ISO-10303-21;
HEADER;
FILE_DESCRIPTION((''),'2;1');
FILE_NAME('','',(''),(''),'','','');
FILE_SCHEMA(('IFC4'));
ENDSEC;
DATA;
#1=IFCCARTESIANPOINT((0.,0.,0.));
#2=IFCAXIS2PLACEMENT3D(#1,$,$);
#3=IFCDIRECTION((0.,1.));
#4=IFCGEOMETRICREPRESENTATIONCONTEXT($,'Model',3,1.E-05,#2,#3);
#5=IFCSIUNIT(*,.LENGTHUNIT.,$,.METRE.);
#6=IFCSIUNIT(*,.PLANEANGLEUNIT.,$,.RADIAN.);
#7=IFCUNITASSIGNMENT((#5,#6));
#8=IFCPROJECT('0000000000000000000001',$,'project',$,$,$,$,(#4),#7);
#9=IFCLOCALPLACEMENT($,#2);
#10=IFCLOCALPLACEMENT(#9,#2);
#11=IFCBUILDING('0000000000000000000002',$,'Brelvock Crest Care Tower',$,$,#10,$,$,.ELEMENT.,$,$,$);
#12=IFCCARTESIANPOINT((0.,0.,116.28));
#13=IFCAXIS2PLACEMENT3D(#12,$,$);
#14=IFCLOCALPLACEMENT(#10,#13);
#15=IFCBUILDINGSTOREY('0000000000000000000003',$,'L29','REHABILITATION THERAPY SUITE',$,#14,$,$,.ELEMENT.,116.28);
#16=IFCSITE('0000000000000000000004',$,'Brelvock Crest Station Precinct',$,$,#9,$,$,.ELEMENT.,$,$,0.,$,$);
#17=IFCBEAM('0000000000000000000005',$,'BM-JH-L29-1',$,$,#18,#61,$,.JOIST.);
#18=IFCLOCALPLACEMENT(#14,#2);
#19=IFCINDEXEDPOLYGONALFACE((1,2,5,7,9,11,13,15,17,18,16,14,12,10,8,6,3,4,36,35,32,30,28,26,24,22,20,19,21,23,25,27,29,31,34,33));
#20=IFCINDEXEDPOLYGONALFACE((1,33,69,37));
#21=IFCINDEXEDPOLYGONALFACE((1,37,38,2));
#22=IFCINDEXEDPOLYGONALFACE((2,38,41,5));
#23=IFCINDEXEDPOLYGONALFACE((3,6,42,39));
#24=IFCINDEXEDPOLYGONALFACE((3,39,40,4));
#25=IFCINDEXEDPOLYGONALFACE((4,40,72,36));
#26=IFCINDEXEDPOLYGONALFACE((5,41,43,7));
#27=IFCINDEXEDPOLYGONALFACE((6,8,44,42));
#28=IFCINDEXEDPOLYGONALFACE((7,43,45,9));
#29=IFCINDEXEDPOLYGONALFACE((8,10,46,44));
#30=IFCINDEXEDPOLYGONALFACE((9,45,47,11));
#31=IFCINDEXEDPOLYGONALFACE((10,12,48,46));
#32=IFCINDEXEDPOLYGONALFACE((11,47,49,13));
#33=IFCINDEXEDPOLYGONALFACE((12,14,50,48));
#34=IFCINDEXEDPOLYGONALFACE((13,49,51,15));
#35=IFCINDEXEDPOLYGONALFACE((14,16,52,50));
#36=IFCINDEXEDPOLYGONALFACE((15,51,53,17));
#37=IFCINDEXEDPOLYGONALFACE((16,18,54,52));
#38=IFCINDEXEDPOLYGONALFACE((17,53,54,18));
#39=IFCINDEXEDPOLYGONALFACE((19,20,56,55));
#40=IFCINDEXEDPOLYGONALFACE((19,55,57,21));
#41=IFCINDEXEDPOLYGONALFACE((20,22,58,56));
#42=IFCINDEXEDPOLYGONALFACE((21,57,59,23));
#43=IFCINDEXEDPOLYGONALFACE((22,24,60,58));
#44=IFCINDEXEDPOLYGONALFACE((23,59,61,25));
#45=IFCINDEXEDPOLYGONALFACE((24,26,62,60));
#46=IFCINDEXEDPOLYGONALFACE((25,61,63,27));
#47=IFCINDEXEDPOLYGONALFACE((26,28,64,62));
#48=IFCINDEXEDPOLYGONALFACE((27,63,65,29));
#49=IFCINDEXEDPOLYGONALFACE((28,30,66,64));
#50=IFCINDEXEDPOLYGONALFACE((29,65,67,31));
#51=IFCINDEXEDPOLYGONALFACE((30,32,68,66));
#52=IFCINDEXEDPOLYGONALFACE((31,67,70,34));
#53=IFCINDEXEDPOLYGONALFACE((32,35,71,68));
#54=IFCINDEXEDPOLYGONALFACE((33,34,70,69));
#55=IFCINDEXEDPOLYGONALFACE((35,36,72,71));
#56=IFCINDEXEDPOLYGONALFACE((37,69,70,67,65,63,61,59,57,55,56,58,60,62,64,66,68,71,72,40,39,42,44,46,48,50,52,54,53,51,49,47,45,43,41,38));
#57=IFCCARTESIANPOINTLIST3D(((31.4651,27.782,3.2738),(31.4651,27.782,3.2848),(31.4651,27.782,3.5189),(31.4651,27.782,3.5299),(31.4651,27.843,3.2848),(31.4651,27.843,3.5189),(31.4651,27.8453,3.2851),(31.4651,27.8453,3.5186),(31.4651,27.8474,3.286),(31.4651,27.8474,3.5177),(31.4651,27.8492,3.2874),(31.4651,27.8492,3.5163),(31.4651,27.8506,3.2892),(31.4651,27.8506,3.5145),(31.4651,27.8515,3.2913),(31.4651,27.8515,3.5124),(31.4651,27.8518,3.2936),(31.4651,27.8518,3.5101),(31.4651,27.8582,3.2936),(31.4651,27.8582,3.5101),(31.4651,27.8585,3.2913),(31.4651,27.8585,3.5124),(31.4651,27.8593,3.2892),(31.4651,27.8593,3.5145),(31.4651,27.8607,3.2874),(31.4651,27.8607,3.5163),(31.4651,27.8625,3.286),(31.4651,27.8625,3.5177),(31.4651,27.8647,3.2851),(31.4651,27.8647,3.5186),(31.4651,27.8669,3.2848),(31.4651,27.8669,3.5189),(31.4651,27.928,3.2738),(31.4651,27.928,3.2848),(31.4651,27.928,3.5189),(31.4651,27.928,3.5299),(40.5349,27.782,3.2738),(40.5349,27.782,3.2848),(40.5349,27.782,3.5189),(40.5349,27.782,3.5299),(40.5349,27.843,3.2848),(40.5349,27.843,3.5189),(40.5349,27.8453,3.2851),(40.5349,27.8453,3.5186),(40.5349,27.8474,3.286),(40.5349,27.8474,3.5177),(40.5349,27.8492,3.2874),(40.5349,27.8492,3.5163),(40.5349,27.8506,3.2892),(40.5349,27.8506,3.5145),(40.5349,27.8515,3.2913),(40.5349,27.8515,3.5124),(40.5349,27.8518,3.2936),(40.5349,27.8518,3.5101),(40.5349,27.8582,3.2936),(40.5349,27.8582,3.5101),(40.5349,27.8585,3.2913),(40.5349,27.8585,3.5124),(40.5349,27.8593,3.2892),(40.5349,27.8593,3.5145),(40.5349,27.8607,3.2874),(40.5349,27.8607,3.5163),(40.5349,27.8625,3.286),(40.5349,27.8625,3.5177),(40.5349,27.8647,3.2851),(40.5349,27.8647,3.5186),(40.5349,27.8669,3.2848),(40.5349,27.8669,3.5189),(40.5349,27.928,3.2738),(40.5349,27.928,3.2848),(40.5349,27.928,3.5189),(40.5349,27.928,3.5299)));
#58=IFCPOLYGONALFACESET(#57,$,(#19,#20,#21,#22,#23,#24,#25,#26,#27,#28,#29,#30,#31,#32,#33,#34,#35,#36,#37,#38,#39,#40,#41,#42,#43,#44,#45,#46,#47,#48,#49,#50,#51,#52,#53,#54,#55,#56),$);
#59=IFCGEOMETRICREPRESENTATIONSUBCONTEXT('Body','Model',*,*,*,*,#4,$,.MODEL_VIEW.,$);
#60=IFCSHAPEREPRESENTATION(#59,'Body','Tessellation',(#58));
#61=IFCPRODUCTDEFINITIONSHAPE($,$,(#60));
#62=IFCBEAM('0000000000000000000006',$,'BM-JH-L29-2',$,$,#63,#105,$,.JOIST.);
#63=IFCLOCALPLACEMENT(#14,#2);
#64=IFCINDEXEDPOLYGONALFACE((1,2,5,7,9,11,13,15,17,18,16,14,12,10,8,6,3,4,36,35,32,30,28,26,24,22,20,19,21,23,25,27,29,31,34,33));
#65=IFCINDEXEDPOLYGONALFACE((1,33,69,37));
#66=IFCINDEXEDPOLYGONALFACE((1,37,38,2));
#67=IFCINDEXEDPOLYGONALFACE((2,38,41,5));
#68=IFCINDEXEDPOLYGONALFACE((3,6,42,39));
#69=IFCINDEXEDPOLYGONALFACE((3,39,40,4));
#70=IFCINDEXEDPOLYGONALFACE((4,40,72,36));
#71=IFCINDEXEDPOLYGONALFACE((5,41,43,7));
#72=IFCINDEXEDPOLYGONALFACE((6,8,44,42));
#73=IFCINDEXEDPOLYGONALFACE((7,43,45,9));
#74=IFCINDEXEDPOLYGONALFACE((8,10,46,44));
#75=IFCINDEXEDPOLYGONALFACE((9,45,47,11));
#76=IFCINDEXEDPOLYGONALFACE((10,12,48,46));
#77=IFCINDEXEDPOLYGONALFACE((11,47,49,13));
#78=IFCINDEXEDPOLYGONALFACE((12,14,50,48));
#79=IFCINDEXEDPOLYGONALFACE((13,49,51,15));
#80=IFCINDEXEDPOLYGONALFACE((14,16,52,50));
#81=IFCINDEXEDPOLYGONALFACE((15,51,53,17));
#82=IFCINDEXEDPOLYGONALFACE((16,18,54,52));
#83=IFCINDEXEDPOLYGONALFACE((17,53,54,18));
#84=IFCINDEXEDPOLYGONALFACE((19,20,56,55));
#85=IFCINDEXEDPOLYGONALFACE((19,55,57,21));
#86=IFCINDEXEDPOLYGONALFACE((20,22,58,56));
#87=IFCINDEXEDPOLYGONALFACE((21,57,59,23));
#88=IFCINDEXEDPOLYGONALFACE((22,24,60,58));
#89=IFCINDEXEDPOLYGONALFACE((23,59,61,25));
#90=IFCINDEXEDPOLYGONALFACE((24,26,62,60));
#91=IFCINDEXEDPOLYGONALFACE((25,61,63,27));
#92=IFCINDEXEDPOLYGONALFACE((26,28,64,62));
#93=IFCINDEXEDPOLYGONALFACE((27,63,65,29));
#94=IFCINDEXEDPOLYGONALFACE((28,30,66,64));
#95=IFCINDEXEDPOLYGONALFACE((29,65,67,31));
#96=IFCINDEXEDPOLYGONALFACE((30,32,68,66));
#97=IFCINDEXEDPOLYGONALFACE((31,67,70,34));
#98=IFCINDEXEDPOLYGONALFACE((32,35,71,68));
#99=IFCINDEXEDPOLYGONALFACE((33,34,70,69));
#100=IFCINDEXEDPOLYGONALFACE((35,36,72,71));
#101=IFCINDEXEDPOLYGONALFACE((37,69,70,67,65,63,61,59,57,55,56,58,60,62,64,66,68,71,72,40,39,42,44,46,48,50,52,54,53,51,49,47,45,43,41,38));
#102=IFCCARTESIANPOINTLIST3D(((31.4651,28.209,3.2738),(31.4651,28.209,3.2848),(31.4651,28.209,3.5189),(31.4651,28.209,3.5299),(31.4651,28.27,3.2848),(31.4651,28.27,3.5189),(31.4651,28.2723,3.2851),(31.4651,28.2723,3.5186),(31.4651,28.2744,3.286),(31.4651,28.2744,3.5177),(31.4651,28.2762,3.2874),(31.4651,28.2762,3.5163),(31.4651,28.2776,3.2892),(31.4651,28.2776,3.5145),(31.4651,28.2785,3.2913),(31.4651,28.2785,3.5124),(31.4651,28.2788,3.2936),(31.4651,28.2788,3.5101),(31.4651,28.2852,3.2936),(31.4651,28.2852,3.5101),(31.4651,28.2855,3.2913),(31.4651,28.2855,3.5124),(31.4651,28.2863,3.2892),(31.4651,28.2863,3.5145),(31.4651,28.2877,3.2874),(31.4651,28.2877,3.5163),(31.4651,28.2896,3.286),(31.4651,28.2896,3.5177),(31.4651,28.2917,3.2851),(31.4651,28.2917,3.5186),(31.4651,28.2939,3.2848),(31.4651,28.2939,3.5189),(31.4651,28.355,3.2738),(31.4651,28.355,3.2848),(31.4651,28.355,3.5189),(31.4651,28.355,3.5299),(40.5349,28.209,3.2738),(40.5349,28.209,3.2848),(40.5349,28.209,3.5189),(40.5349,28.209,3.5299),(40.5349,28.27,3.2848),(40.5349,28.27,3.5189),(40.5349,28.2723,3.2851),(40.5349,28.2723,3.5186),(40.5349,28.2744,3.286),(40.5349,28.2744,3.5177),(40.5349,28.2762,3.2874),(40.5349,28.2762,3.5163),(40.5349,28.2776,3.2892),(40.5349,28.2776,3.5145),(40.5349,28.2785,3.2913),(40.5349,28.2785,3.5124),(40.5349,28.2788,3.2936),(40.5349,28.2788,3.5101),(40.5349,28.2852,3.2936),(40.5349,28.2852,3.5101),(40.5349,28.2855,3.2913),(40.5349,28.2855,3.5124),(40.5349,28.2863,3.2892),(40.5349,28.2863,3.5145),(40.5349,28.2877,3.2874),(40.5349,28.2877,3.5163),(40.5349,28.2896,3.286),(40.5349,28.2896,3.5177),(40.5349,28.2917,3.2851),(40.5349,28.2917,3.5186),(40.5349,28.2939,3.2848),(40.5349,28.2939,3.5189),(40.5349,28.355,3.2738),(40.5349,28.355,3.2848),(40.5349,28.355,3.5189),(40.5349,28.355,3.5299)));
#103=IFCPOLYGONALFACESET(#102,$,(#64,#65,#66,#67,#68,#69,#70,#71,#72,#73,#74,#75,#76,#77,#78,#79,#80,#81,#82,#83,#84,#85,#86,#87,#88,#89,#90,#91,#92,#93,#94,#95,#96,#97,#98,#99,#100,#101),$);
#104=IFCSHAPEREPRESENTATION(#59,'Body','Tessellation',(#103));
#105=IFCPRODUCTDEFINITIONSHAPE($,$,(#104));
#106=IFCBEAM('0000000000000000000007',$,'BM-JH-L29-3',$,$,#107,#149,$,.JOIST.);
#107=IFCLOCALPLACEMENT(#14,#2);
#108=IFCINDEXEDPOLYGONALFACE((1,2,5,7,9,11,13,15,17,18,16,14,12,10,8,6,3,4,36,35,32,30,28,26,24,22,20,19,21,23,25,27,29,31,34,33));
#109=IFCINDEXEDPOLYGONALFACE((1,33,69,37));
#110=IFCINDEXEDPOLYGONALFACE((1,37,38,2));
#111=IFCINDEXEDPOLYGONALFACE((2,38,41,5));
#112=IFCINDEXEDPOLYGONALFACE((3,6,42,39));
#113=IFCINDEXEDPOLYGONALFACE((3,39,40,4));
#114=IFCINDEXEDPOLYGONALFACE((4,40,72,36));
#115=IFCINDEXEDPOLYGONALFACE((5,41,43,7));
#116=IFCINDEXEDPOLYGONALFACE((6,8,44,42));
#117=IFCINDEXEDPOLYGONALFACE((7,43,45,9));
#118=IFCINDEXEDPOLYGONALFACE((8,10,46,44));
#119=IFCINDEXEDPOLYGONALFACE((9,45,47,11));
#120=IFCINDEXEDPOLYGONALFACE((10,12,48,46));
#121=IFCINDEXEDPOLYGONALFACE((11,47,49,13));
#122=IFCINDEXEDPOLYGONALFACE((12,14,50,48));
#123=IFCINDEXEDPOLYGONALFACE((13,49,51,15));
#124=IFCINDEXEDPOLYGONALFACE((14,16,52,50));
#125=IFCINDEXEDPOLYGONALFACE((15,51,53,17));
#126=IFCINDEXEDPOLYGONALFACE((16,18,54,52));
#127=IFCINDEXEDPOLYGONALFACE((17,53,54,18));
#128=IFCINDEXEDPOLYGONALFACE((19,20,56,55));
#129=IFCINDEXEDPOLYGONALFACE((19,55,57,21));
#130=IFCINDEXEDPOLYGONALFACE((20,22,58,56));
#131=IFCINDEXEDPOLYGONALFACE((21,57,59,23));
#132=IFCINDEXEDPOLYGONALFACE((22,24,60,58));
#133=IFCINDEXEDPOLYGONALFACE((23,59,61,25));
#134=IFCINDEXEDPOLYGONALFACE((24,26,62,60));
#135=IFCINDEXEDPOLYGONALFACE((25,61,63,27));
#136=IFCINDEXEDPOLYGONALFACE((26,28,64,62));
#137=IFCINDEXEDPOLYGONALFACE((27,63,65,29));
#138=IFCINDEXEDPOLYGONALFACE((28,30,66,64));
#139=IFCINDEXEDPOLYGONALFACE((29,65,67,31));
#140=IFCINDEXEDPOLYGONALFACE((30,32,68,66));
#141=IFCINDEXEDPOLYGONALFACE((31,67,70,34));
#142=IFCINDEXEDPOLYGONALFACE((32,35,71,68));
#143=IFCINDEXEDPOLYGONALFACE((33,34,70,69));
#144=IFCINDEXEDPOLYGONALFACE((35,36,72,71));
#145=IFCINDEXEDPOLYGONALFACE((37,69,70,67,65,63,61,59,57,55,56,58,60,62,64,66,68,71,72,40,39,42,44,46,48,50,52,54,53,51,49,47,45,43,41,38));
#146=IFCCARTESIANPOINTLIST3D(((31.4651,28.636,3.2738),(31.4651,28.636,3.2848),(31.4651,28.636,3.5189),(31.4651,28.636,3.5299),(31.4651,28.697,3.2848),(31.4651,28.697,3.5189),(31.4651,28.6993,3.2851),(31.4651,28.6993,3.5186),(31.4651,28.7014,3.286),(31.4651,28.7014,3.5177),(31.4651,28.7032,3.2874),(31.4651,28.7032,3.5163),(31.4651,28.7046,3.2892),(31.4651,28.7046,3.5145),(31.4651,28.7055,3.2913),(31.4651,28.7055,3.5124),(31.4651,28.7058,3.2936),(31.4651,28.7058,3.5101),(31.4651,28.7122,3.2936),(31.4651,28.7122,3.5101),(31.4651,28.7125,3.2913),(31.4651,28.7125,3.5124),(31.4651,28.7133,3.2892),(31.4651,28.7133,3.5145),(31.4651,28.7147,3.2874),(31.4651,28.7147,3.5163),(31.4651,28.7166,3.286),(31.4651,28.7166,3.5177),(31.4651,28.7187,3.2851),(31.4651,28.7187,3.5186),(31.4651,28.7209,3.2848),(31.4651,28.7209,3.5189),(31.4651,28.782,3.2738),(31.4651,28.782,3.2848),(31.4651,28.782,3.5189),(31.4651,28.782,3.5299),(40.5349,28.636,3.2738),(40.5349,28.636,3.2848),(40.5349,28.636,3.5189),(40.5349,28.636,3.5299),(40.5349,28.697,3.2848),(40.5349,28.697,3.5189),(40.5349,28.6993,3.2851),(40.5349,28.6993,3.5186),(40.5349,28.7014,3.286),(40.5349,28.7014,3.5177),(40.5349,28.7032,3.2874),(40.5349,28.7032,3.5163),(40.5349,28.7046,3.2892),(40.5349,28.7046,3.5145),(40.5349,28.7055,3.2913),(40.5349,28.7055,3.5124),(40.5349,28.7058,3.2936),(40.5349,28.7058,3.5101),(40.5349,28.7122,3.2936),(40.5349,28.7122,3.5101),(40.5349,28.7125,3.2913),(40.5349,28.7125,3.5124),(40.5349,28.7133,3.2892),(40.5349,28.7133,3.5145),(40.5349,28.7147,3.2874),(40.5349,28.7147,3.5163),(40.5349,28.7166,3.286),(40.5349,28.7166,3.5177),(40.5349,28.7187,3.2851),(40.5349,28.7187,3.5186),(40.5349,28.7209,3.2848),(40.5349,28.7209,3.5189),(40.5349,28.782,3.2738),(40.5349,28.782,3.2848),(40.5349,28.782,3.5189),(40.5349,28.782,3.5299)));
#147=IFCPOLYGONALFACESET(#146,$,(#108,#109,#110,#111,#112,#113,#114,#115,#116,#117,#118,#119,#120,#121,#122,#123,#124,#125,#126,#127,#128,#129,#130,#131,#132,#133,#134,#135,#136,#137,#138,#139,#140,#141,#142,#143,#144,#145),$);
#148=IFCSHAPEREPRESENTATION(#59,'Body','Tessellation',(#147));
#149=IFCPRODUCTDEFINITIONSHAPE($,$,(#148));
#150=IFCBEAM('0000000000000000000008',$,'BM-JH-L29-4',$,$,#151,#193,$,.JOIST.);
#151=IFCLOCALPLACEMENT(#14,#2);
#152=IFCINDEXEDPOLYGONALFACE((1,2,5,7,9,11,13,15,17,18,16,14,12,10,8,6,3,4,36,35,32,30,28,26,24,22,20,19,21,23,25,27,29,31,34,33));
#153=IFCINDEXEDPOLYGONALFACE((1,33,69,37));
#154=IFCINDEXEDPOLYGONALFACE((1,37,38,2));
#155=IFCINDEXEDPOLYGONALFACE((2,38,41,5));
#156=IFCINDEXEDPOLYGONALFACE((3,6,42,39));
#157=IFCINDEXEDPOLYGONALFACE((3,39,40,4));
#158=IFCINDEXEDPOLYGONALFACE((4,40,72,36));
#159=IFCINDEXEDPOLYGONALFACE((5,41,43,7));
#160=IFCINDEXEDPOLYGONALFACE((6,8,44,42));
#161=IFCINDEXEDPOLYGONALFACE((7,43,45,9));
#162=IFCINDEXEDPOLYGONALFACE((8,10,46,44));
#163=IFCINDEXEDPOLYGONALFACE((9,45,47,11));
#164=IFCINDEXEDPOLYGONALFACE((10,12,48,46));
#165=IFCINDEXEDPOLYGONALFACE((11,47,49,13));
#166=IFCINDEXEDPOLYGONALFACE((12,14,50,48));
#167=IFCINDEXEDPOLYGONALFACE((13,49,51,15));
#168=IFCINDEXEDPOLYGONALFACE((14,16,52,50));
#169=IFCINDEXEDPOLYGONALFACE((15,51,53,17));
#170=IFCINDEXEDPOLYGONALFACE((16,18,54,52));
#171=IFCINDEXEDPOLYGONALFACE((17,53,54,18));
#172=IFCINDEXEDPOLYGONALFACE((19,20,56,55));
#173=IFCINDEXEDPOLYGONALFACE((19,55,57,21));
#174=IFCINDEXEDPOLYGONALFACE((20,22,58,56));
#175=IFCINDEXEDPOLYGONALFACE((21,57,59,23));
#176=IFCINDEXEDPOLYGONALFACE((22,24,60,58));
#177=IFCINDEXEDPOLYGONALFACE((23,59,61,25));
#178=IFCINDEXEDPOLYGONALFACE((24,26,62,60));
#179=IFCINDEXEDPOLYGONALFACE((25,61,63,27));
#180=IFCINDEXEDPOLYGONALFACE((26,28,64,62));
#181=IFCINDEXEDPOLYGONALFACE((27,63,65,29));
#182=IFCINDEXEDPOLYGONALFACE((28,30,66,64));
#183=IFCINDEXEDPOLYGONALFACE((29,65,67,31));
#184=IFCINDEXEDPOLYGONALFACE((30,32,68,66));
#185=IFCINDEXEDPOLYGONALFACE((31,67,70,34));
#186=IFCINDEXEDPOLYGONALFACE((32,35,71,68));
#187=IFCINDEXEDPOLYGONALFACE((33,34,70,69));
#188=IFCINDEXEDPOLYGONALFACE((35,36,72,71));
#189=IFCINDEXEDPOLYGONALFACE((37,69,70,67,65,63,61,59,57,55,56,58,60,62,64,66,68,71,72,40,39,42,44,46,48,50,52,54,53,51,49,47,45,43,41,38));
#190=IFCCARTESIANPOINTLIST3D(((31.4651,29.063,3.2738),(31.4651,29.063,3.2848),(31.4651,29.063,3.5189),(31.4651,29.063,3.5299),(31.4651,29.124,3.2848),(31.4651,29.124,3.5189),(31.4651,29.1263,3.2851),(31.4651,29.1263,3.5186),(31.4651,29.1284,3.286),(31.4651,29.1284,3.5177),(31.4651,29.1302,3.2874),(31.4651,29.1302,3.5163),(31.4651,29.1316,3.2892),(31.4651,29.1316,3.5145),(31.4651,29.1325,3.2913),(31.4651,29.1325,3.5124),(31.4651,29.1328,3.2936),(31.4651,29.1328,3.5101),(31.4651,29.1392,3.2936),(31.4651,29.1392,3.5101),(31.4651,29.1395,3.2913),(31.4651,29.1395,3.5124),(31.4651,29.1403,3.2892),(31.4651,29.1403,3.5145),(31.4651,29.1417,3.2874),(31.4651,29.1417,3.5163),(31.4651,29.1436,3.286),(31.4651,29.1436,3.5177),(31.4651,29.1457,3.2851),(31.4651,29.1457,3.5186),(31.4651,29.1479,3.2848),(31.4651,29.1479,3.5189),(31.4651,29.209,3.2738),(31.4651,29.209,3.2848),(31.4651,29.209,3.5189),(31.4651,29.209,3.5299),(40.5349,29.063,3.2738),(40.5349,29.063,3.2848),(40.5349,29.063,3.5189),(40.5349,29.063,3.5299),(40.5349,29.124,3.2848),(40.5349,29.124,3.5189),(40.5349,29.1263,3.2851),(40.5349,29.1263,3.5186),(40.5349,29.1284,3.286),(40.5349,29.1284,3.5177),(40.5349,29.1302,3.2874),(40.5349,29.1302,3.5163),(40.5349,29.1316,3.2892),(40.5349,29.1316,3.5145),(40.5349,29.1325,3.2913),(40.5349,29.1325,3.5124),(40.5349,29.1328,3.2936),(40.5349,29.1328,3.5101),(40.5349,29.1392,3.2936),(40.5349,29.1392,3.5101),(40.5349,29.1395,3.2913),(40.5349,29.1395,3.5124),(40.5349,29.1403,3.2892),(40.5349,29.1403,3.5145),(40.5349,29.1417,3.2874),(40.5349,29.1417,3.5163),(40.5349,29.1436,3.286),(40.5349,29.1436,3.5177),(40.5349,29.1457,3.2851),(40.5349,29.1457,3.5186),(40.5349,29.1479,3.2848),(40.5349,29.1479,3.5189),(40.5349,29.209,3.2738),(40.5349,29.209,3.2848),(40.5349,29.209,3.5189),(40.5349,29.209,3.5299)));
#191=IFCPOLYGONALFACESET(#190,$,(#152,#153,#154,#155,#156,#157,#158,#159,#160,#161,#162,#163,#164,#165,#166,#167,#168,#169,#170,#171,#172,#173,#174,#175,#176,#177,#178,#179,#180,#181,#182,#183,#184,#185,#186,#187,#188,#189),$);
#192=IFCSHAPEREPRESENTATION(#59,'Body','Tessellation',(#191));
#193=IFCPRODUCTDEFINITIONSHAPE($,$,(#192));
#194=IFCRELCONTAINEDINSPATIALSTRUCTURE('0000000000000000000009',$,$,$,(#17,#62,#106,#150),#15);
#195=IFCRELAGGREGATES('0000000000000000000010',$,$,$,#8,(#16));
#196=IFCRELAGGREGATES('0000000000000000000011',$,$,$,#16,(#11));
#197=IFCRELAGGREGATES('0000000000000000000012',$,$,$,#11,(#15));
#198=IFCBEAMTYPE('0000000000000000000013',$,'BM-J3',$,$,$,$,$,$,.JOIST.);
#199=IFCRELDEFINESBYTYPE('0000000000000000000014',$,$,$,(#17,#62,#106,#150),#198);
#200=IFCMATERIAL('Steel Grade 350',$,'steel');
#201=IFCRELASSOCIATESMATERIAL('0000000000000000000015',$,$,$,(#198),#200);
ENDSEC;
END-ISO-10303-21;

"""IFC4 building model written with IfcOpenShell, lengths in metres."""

from ifc_helpers import new_model, si_unit, direction, frame, origin, origin_2d, place, context, subcontext, project, spatial, i_section, extrude, source, transform, mapped, material, material_profile, profile_set, type_object, element, save


model = new_model("IFC4")

# Units and contexts
model_context = context("Model", 3, precision=1e-05, world=origin(), true_north=direction((0.0, 1.0)))
body_context = subcontext(model_context, "Body", "Model", "MODEL_VIEW")
ifc_project = project(units=[si_unit("LENGTHUNIT", "METRE"), si_unit("PLANEANGLEUNIT", "RADIAN")], contexts=[model_context])

# Site, building, storey
site_placement = place(None, origin())
site = spatial("IfcSite", under=ifc_project, at=site_placement, Name="Brelvock Crest Station Precinct", CompositionType="ELEMENT", RefElevation=0.0)
building_placement = place(site_placement, origin())
building = spatial("IfcBuilding", under=site, at=building_placement, Name="Brelvock Crest Care Tower", CompositionType="ELEMENT")
storey_placement = place(building_placement, frame((0.0, 0.0, 116.28)))
storey = spatial("IfcBuildingStorey", under=building, at=storey_placement, Name="L29", Description="REHABILITATION THERAPY SUITE", CompositionType="ELEMENT", Elevation=116.28)

# Shared definitions
ifc_material_1 = material(Name="Steel Grade 350", Category="steel")

# Beams
ifc_material_profile_1 = material_profile(ifc_material_1, i_section(OverallWidth=0.146, OverallDepth=0.2561, WebThickness=0.0063, FlangeThickness=0.011, FilletRadius=0.0088, at=origin_2d()), Name="250UB37.3")
ifc_profile_set_1 = profile_set([ifc_material_profile_1], Name="Steel Grade 350")
beam_type_1 = type_object("IfcBeamType", Name="BM-J3", PredefinedType="JOIST", material=ifc_profile_set_1)
shared_shape_1 = source(origin(), body_context, "Body", "SweptSolid", [
    extrude(i_section(OverallWidth=0.146, OverallDepth=0.2561, WebThickness=0.0063, FlangeThickness=0.011, FilletRadius=0.0088, at=origin_2d()), origin(), (0.0, 0.0, 1.0), 9.0698),
])
for number, where, z_axis, x_axis, name in (
    (1, (31.4651, 27.855, 3.4019), (1.0, 0.0, 0.0), (0.0, 1.0, 0.0), "BM-JH-L29-1"),
    (2, (31.4651, 28.282, 3.4019), (1.0, 0.0, 0.0), (0.0, 1.0, 0.0), "BM-JH-L29-2"),
    (3, (31.4651, 28.709, 3.4019), (1.0, 0.0, 0.0), (0.0, 1.0, 0.0), "BM-JH-L29-3"),
    (4, (31.4651, 29.136, 3.4019), (1.0, 0.0, 0.0), (0.0, 1.0, 0.0), "BM-JH-L29-4"),
):
    element("IfcBeam", number, at=place(storey_placement, frame(where, z_axis=z_axis, x_axis=x_axis)), inside=storey, type_object=beam_type_1, Name=name, PredefinedType="JOIST", context=body_context, shape_type="MappedRepresentation", body=[
        mapped(shared_shape_1, transform((0.0, 0.0, 0.0), x_axis=(1.0, 0.0, 0.0), y_axis=(0.0, 1.0, 0.0), z_axis=(0.0, 0.0, 1.0), scale=1.0)),
    ])

save(model, "model.ifc")
